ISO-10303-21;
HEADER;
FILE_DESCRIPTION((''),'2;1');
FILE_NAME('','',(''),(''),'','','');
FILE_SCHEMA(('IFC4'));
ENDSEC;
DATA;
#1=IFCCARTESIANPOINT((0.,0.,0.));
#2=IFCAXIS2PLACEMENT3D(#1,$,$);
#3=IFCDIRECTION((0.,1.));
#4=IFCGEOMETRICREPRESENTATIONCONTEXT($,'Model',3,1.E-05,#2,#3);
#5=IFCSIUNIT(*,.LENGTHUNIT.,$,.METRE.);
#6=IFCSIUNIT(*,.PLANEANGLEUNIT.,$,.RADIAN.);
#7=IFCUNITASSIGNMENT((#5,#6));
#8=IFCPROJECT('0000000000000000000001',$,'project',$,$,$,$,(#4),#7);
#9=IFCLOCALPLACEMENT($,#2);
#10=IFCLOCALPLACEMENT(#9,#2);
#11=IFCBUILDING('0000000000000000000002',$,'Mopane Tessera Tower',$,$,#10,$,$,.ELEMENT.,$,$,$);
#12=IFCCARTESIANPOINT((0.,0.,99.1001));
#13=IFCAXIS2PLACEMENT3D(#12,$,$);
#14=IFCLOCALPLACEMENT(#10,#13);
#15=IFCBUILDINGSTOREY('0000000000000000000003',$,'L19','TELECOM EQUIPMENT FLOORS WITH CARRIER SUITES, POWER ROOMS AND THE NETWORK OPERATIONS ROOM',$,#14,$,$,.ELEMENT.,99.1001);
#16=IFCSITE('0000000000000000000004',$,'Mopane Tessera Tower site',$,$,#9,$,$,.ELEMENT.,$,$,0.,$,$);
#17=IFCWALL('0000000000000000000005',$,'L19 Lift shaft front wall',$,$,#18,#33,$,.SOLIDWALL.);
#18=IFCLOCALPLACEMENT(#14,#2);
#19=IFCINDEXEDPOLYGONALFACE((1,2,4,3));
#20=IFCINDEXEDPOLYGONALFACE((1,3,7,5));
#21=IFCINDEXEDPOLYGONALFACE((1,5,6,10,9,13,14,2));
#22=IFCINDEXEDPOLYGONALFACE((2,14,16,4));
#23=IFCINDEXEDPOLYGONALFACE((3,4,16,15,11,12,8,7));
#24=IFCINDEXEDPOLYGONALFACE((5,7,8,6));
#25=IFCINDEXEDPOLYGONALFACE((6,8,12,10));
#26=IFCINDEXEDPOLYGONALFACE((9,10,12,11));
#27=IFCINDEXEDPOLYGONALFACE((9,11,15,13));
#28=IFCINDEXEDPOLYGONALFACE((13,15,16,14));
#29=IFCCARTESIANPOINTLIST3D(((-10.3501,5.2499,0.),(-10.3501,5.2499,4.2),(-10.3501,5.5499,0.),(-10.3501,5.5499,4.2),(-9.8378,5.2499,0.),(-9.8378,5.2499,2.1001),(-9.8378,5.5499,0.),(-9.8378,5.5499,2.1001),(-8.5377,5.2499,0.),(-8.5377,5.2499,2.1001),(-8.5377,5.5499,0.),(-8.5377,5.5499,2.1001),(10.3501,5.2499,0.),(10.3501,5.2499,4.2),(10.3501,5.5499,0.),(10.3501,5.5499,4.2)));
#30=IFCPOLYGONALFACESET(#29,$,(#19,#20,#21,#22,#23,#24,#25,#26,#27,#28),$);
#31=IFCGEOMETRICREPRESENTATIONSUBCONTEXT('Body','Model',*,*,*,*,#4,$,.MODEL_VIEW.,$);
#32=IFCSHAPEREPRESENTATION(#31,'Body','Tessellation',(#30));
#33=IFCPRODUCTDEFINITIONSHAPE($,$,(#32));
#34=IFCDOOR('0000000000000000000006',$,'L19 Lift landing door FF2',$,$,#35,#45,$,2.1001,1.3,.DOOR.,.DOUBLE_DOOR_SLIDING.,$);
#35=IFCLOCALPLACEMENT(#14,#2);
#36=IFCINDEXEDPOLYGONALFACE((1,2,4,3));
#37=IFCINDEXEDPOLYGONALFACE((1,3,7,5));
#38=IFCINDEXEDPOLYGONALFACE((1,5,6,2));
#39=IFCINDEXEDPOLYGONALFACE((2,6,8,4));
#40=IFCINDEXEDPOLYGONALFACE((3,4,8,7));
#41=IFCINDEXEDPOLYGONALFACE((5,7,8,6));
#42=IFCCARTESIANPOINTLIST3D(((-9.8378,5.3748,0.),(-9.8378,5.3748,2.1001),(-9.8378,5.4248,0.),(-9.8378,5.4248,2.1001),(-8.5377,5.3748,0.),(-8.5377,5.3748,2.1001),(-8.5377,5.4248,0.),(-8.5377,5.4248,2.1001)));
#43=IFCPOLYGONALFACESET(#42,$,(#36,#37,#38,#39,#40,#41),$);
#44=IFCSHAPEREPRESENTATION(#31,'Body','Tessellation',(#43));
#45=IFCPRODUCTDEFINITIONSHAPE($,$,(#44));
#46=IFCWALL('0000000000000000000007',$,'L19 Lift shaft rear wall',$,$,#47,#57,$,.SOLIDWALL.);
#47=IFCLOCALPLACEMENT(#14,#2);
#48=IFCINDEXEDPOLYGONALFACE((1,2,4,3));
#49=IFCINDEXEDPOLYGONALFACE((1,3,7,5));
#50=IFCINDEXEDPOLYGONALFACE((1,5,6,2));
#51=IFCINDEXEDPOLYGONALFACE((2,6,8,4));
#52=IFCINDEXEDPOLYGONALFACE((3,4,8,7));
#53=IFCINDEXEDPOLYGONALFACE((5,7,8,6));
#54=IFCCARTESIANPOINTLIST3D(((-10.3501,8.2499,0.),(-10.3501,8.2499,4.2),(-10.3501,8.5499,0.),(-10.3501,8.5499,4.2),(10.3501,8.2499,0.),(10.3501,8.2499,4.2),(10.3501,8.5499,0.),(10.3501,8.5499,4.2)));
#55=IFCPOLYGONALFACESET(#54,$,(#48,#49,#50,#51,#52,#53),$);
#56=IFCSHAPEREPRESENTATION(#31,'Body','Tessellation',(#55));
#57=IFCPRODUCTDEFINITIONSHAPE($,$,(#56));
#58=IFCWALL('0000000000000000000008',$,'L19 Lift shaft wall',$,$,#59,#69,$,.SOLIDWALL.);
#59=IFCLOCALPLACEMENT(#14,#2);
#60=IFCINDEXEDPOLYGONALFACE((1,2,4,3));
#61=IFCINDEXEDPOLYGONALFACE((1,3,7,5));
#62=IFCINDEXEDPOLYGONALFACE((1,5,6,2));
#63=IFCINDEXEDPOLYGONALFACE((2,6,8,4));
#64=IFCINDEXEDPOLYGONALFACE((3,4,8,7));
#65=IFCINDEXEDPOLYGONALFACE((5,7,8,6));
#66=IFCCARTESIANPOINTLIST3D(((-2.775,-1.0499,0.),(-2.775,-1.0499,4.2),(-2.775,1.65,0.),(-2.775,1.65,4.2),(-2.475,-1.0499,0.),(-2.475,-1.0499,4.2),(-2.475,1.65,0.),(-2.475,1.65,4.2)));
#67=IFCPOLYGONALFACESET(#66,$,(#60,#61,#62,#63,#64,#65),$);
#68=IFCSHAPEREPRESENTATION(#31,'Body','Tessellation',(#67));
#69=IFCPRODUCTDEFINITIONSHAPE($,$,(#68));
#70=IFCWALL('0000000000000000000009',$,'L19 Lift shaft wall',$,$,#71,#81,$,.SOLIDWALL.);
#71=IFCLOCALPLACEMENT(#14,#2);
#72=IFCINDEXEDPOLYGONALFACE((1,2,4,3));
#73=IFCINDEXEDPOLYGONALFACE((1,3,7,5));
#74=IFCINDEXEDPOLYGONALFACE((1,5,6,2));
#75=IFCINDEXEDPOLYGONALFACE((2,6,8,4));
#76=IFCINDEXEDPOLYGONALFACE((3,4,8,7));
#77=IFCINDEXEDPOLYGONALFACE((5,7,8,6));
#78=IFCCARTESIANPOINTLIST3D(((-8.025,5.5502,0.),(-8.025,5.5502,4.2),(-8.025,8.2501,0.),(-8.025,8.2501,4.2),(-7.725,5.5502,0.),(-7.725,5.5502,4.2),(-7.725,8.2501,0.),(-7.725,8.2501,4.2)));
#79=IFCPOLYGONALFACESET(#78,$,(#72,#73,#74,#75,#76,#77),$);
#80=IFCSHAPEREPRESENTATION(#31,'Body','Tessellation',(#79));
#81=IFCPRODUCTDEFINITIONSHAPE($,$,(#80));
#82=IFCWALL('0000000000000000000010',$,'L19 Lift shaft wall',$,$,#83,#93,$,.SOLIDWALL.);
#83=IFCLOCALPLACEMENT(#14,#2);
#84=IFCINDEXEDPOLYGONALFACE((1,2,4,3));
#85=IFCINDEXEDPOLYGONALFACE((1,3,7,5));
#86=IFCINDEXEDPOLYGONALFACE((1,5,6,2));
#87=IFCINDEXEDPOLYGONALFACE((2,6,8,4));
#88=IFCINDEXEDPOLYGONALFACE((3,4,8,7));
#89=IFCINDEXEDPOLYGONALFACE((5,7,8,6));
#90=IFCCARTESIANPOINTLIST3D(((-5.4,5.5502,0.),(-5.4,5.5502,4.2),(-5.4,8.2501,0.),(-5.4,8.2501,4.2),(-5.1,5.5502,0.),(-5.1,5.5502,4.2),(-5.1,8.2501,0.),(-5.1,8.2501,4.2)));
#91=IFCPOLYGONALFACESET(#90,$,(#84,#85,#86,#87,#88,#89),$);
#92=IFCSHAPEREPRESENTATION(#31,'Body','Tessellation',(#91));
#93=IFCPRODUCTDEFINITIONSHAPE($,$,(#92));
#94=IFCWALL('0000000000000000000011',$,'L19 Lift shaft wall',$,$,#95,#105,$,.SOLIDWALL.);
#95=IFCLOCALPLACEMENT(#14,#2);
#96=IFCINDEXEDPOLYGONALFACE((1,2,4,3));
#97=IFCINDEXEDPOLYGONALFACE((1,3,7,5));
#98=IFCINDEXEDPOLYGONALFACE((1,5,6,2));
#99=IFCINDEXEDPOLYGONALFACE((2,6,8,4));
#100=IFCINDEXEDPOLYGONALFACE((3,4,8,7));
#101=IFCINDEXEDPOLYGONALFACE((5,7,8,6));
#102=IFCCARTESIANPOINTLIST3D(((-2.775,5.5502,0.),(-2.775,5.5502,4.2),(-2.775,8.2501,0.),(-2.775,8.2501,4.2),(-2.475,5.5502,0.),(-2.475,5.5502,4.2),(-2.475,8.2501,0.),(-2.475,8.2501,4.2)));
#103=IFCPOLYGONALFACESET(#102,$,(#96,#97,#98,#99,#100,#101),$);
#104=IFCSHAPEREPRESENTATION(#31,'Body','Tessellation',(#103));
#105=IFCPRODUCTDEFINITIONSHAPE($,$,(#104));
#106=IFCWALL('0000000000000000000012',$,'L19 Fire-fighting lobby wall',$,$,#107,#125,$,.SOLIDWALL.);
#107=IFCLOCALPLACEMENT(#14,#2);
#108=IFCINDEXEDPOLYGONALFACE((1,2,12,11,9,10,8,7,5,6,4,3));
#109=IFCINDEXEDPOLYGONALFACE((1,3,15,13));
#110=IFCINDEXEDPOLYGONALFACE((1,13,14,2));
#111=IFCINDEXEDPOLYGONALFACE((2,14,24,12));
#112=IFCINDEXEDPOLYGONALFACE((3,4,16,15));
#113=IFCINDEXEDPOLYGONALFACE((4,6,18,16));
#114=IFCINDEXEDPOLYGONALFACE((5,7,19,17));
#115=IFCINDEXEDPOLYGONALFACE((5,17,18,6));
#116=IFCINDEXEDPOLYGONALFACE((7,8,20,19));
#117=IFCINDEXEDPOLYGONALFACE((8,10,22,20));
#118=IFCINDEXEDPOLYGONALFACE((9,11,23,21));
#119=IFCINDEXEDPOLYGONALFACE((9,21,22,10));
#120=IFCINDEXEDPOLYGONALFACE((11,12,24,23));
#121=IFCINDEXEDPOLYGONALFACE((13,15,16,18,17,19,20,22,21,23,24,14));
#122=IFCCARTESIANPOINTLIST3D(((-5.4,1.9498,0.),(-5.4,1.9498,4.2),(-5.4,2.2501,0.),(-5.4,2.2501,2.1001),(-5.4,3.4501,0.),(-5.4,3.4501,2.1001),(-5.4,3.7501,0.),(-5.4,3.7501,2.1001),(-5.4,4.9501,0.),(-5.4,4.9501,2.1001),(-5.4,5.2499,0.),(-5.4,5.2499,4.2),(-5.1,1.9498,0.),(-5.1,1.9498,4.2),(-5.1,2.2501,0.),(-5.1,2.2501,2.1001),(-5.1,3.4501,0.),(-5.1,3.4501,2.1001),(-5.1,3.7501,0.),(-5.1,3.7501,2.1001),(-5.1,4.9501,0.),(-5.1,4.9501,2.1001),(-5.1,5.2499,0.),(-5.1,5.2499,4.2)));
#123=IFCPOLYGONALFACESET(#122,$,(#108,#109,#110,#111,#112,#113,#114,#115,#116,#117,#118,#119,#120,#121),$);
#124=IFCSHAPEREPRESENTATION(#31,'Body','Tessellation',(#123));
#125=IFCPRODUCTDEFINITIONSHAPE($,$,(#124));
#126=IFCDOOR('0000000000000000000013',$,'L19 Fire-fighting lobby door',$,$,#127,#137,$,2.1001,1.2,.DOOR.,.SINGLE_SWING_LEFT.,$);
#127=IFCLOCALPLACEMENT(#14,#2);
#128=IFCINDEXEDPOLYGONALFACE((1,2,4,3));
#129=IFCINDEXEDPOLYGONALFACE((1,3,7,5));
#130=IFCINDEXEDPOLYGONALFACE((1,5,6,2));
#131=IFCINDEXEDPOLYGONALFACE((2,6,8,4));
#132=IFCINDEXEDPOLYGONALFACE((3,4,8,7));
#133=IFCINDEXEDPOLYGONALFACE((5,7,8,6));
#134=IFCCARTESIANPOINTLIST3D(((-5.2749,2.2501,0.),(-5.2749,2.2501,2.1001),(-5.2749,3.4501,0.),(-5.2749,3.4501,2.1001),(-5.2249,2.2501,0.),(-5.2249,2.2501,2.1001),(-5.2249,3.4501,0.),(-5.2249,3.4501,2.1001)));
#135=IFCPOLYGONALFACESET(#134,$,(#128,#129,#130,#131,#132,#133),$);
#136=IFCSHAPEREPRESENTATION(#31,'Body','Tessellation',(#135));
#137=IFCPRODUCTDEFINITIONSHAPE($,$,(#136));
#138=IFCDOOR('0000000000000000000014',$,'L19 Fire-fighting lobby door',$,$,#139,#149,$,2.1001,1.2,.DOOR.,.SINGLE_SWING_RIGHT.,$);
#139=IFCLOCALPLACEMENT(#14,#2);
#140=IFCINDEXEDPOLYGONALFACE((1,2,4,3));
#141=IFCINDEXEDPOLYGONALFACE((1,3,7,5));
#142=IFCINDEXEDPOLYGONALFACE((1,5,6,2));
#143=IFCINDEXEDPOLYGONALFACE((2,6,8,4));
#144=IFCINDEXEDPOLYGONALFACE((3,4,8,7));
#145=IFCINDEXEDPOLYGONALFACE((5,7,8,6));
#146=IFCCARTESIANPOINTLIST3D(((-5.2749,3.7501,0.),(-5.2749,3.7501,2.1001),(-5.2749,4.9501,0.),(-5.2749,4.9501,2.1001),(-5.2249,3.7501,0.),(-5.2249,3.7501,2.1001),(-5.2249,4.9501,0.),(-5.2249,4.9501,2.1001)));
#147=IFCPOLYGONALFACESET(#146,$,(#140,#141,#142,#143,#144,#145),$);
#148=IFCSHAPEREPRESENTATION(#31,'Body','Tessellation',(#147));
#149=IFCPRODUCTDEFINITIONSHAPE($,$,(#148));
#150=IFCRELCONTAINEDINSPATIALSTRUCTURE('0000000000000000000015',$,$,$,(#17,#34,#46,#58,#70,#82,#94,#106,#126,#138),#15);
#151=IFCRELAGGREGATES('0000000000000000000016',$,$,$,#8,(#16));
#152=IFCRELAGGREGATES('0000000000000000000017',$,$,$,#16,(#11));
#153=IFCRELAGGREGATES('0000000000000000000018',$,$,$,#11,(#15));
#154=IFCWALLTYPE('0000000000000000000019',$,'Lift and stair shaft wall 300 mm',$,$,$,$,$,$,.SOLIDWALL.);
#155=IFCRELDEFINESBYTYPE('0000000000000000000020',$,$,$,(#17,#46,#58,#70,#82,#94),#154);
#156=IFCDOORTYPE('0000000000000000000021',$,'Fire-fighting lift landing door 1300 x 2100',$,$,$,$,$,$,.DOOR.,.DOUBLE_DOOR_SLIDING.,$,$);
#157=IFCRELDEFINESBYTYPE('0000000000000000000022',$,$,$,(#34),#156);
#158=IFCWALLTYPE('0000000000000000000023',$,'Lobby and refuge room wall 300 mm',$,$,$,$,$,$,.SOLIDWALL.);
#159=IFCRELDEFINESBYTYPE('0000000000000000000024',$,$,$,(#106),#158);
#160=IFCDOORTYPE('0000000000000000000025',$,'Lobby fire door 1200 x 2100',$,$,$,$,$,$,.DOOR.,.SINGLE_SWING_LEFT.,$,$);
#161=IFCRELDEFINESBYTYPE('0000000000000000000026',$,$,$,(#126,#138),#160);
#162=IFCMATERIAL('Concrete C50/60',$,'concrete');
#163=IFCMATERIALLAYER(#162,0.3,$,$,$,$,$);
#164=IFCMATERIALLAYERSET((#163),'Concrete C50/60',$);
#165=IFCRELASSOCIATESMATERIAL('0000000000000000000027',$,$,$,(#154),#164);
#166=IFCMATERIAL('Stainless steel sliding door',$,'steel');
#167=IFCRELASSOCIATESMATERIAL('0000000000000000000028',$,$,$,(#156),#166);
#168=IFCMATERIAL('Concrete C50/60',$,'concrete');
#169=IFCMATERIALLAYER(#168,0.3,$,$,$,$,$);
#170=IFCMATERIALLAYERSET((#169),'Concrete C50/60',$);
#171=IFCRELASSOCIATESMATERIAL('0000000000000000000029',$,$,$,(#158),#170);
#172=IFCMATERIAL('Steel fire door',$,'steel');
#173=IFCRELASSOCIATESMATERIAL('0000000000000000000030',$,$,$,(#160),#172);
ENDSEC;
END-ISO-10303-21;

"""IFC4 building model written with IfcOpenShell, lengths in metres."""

from ifc_helpers import new_model, si_unit, direction, frame, frame_2d, origin, place, context, subcontext, project, spatial, rectangle, extrude, material, layer, layer_set, type_object, element, fill, save


model = new_model("IFC4")

# Units and contexts
model_context = context("Model", 3, precision=1e-05, world=origin(), true_north=direction((0.0, 1.0)))
body_context = subcontext(model_context, "Body", "Model", "MODEL_VIEW")
ifc_project = project(units=[si_unit("LENGTHUNIT", "METRE"), si_unit("PLANEANGLEUNIT", "RADIAN")], contexts=[model_context])

# Site, building, storey
site_placement = place(None, origin())
site = spatial("IfcSite", under=ifc_project, at=site_placement, Name="Mopane Tessera Tower site", CompositionType="ELEMENT", RefElevation=0.0)
building_placement = place(site_placement, origin())
building = spatial("IfcBuilding", under=site, at=building_placement, Name="Mopane Tessera Tower", CompositionType="ELEMENT")
storey_placement = place(building_placement, frame((0.0, 0.0, 99.1001)))
storey = spatial("IfcBuildingStorey", under=building, at=storey_placement, Name="L19", Description="TELECOM EQUIPMENT FLOORS WITH CARRIER SUITES, POWER ROOMS AND THE NETWORK OPERATIONS ROOM", CompositionType="ELEMENT", Elevation=99.1001)

# Shared definitions
ifc_material_1 = material(Name="Concrete C50/60", Category="concrete")
ifc_layer_1 = layer(ifc_material_1, 0.3)
ifc_layer_set_1 = layer_set([ifc_layer_1], Name="Concrete C50/60")
wall_type_1 = type_object("IfcWallType", Name="Lift and stair shaft wall 300 mm", PredefinedType="SOLIDWALL", material=ifc_layer_set_1)
ifc_material_2 = material(Name="Stainless steel sliding door", Category="steel")
door_type_1 = type_object("IfcDoorType", Name="Fire-fighting lift landing door 1300 x 2100", OperationType="DOUBLE_DOOR_SLIDING", PredefinedType="DOOR", material=ifc_material_2)

# Wall, opening, door
wall_1_placement = place(storey_placement, frame((-10.3501, 5.3999, 0.0), z_axis=(0.0, 0.0, 1.0), x_axis=(1.0, 0.0, 0.0)))
wall_1 = element("IfcWall", 1, at=wall_1_placement, inside=storey, type_object=wall_type_1, Name="L19 Lift shaft front wall", PredefinedType="SOLIDWALL", context=body_context, shape_type="SweptSolid", body=[
    extrude(rectangle(XDim=20.7002, YDim=0.3, at=frame_2d((10.3501, 0.0))), origin(), (0.0, 0.0, 1.0), 4.2),
])
opening_1_placement = place(wall_1_placement, frame((0.5125, 0.0, 0.0)))
opening_1 = element("IfcOpeningElement", 2, at=opening_1_placement, cuts=wall_1, PredefinedType="OPENING", context=body_context, shape_type="SweptSolid", body=[
    extrude(rectangle(XDim=1.3, YDim=2.1001, at=frame_2d((0.6499, 1.05))), frame((0.0, 0.1621, 0.0), z_axis=(0.0, -1.0, 0.0), x_axis=(1.0, 0.0, 0.0)), (0.0, 0.0, 1.0), 0.324),
])
door_1_placement = place(opening_1_placement, origin())
door_1 = element("IfcDoor", 3, at=door_1_placement, inside=storey, type_object=door_type_1, Name="L19 Lift landing door FF2", OperationType="DOUBLE_DOOR_SLIDING", OverallHeight=2.1001, OverallWidth=1.3, PredefinedType="DOOR", context=body_context, shape_type="SweptSolid", body=[
    extrude(rectangle(XDim=1.3, YDim=2.1001, at=frame_2d((0.6499, 1.05))), frame((0.0, 0.0249, 0.0), z_axis=(0.0, -1.0, 0.0), x_axis=(1.0, 0.0, 0.0)), (0.0, 0.0, 1.0), 0.05),
])
fill(opening_1, door_1)

# Walls
wall_2_placement = place(storey_placement, frame((-10.3501, 8.3999, 0.0), z_axis=(0.0, 0.0, 1.0), x_axis=(1.0, 0.0, 0.0)))
element("IfcWall", 4, at=wall_2_placement, inside=storey, type_object=wall_type_1, Name="L19 Lift shaft rear wall", PredefinedType="SOLIDWALL", context=body_context, shape_type="SweptSolid", body=[
    extrude(rectangle(XDim=20.7002, YDim=0.3, at=frame_2d((10.3501, 0.0))), origin(), (0.0, 0.0, 1.0), 4.2),
])
for number, where, z_axis, x_axis, name in (
    (5, (-2.625, -1.05, 0.0), (0.0, 0.0, 1.0), (0.0, 1.0, 0.0), "L19 Lift shaft wall"),
    (6, (-7.875, 5.55, 0.0), (0.0, 0.0, 1.0), (0.0, 1.0, 0.0), "L19 Lift shaft wall"),
    (7, (-5.25, 5.55, 0.0), (0.0, 0.0, 1.0), (0.0, 1.0, 0.0), "L19 Lift shaft wall"),
    (8, (-2.625, 5.55, 0.0), (0.0, 0.0, 1.0), (0.0, 1.0, 0.0), "L19 Lift shaft wall"),
):
    element("IfcWall", number, at=place(storey_placement, frame(where, z_axis=z_axis, x_axis=x_axis)), inside=storey, type_object=wall_type_1, Name=name, PredefinedType="SOLIDWALL", context=body_context, shape_type="SweptSolid", body=[
        extrude(rectangle(XDim=2.7, YDim=0.3, at=frame_2d((1.3501, 0.0))), origin(), (0.0, 0.0, 1.0), 4.2),
    ])

# Wall, openings, doors
ifc_material_3 = material(Name="Concrete C50/60", Category="concrete")
ifc_layer_2 = layer(ifc_material_3, 0.3)
ifc_layer_set_2 = layer_set([ifc_layer_2], Name="Concrete C50/60")
wall_type_2 = type_object("IfcWallType", Name="Lobby and refuge room wall 300 mm", PredefinedType="SOLIDWALL", material=ifc_layer_set_2)
wall_3_placement = place(storey_placement, frame((-5.25, 1.95, 0.0), z_axis=(0.0, 0.0, 1.0), x_axis=(0.0, 1.0, 0.0)))
wall_3 = element("IfcWall", 9, at=wall_3_placement, inside=storey, type_object=wall_type_2, Name="L19 Fire-fighting lobby wall", PredefinedType="SOLIDWALL", context=body_context, shape_type="SweptSolid", body=[
    extrude(rectangle(XDim=3.3, YDim=0.3, at=frame_2d((1.6499, 0.0))), origin(), (0.0, 0.0, 1.0), 4.2),
])
opening_2_placement = place(wall_3_placement, frame((0.3, 0.0, 0.0)))
opening_2 = element("IfcOpeningElement", 10, at=opening_2_placement, cuts=wall_3, PredefinedType="OPENING", context=body_context, shape_type="SweptSolid", body=[
    extrude(rectangle(XDim=1.2, YDim=2.1001, at=frame_2d((0.6001, 1.05))), frame((0.0, 0.1621, 0.0), z_axis=(0.0, -1.0, 0.0), x_axis=(1.0, 0.0, 0.0)), (0.0, 0.0, 1.0), 0.324),
])
opening_3_placement = place(wall_3_placement, frame((1.8, 0.0, 0.0)))
opening_3 = element("IfcOpeningElement", 11, at=opening_3_placement, cuts=wall_3, PredefinedType="OPENING", context=body_context, shape_type="SweptSolid", body=[
    extrude(rectangle(XDim=1.2, YDim=2.1001, at=frame_2d((0.6001, 1.05))), frame((0.0, 0.1621, 0.0), z_axis=(0.0, -1.0, 0.0), x_axis=(1.0, 0.0, 0.0)), (0.0, 0.0, 1.0), 0.324),
])
ifc_material_4 = material(Name="Steel fire door", Category="steel")
door_type_2 = type_object("IfcDoorType", Name="Lobby fire door 1200 x 2100", OperationType="SINGLE_SWING_LEFT", PredefinedType="DOOR", material=ifc_material_4)
door_2_placement = place(opening_2_placement, origin())
door_2 = element("IfcDoor", 12, at=door_2_placement, inside=storey, type_object=door_type_2, Name="L19 Fire-fighting lobby door", OperationType="SINGLE_SWING_LEFT", OverallHeight=2.1001, OverallWidth=1.2, PredefinedType="DOOR", context=body_context, shape_type="SweptSolid", body=[
    extrude(rectangle(XDim=1.2, YDim=2.1001, at=frame_2d((0.6001, 1.05))), frame((0.0, 0.0249, 0.0), z_axis=(0.0, -1.0, 0.0), x_axis=(1.0, 0.0, 0.0)), (0.0, 0.0, 1.0), 0.05),
])
fill(opening_2, door_2)
door_3_placement = place(opening_3_placement, origin())
door_3 = element("IfcDoor", 13, at=door_3_placement, inside=storey, type_object=door_type_2, Name="L19 Fire-fighting lobby door", OperationType="SINGLE_SWING_RIGHT", OverallHeight=2.1001, OverallWidth=1.2, PredefinedType="DOOR", context=body_context, shape_type="SweptSolid", body=[
    extrude(rectangle(XDim=1.2, YDim=2.1001, at=frame_2d((0.6001, 1.05))), frame((0.0, 0.0249, 0.0), z_axis=(0.0, -1.0, 0.0), x_axis=(1.0, 0.0, 0.0)), (0.0, 0.0, 1.0), 0.05),
])
fill(opening_3, door_3)

save(model, "model.ifc")
